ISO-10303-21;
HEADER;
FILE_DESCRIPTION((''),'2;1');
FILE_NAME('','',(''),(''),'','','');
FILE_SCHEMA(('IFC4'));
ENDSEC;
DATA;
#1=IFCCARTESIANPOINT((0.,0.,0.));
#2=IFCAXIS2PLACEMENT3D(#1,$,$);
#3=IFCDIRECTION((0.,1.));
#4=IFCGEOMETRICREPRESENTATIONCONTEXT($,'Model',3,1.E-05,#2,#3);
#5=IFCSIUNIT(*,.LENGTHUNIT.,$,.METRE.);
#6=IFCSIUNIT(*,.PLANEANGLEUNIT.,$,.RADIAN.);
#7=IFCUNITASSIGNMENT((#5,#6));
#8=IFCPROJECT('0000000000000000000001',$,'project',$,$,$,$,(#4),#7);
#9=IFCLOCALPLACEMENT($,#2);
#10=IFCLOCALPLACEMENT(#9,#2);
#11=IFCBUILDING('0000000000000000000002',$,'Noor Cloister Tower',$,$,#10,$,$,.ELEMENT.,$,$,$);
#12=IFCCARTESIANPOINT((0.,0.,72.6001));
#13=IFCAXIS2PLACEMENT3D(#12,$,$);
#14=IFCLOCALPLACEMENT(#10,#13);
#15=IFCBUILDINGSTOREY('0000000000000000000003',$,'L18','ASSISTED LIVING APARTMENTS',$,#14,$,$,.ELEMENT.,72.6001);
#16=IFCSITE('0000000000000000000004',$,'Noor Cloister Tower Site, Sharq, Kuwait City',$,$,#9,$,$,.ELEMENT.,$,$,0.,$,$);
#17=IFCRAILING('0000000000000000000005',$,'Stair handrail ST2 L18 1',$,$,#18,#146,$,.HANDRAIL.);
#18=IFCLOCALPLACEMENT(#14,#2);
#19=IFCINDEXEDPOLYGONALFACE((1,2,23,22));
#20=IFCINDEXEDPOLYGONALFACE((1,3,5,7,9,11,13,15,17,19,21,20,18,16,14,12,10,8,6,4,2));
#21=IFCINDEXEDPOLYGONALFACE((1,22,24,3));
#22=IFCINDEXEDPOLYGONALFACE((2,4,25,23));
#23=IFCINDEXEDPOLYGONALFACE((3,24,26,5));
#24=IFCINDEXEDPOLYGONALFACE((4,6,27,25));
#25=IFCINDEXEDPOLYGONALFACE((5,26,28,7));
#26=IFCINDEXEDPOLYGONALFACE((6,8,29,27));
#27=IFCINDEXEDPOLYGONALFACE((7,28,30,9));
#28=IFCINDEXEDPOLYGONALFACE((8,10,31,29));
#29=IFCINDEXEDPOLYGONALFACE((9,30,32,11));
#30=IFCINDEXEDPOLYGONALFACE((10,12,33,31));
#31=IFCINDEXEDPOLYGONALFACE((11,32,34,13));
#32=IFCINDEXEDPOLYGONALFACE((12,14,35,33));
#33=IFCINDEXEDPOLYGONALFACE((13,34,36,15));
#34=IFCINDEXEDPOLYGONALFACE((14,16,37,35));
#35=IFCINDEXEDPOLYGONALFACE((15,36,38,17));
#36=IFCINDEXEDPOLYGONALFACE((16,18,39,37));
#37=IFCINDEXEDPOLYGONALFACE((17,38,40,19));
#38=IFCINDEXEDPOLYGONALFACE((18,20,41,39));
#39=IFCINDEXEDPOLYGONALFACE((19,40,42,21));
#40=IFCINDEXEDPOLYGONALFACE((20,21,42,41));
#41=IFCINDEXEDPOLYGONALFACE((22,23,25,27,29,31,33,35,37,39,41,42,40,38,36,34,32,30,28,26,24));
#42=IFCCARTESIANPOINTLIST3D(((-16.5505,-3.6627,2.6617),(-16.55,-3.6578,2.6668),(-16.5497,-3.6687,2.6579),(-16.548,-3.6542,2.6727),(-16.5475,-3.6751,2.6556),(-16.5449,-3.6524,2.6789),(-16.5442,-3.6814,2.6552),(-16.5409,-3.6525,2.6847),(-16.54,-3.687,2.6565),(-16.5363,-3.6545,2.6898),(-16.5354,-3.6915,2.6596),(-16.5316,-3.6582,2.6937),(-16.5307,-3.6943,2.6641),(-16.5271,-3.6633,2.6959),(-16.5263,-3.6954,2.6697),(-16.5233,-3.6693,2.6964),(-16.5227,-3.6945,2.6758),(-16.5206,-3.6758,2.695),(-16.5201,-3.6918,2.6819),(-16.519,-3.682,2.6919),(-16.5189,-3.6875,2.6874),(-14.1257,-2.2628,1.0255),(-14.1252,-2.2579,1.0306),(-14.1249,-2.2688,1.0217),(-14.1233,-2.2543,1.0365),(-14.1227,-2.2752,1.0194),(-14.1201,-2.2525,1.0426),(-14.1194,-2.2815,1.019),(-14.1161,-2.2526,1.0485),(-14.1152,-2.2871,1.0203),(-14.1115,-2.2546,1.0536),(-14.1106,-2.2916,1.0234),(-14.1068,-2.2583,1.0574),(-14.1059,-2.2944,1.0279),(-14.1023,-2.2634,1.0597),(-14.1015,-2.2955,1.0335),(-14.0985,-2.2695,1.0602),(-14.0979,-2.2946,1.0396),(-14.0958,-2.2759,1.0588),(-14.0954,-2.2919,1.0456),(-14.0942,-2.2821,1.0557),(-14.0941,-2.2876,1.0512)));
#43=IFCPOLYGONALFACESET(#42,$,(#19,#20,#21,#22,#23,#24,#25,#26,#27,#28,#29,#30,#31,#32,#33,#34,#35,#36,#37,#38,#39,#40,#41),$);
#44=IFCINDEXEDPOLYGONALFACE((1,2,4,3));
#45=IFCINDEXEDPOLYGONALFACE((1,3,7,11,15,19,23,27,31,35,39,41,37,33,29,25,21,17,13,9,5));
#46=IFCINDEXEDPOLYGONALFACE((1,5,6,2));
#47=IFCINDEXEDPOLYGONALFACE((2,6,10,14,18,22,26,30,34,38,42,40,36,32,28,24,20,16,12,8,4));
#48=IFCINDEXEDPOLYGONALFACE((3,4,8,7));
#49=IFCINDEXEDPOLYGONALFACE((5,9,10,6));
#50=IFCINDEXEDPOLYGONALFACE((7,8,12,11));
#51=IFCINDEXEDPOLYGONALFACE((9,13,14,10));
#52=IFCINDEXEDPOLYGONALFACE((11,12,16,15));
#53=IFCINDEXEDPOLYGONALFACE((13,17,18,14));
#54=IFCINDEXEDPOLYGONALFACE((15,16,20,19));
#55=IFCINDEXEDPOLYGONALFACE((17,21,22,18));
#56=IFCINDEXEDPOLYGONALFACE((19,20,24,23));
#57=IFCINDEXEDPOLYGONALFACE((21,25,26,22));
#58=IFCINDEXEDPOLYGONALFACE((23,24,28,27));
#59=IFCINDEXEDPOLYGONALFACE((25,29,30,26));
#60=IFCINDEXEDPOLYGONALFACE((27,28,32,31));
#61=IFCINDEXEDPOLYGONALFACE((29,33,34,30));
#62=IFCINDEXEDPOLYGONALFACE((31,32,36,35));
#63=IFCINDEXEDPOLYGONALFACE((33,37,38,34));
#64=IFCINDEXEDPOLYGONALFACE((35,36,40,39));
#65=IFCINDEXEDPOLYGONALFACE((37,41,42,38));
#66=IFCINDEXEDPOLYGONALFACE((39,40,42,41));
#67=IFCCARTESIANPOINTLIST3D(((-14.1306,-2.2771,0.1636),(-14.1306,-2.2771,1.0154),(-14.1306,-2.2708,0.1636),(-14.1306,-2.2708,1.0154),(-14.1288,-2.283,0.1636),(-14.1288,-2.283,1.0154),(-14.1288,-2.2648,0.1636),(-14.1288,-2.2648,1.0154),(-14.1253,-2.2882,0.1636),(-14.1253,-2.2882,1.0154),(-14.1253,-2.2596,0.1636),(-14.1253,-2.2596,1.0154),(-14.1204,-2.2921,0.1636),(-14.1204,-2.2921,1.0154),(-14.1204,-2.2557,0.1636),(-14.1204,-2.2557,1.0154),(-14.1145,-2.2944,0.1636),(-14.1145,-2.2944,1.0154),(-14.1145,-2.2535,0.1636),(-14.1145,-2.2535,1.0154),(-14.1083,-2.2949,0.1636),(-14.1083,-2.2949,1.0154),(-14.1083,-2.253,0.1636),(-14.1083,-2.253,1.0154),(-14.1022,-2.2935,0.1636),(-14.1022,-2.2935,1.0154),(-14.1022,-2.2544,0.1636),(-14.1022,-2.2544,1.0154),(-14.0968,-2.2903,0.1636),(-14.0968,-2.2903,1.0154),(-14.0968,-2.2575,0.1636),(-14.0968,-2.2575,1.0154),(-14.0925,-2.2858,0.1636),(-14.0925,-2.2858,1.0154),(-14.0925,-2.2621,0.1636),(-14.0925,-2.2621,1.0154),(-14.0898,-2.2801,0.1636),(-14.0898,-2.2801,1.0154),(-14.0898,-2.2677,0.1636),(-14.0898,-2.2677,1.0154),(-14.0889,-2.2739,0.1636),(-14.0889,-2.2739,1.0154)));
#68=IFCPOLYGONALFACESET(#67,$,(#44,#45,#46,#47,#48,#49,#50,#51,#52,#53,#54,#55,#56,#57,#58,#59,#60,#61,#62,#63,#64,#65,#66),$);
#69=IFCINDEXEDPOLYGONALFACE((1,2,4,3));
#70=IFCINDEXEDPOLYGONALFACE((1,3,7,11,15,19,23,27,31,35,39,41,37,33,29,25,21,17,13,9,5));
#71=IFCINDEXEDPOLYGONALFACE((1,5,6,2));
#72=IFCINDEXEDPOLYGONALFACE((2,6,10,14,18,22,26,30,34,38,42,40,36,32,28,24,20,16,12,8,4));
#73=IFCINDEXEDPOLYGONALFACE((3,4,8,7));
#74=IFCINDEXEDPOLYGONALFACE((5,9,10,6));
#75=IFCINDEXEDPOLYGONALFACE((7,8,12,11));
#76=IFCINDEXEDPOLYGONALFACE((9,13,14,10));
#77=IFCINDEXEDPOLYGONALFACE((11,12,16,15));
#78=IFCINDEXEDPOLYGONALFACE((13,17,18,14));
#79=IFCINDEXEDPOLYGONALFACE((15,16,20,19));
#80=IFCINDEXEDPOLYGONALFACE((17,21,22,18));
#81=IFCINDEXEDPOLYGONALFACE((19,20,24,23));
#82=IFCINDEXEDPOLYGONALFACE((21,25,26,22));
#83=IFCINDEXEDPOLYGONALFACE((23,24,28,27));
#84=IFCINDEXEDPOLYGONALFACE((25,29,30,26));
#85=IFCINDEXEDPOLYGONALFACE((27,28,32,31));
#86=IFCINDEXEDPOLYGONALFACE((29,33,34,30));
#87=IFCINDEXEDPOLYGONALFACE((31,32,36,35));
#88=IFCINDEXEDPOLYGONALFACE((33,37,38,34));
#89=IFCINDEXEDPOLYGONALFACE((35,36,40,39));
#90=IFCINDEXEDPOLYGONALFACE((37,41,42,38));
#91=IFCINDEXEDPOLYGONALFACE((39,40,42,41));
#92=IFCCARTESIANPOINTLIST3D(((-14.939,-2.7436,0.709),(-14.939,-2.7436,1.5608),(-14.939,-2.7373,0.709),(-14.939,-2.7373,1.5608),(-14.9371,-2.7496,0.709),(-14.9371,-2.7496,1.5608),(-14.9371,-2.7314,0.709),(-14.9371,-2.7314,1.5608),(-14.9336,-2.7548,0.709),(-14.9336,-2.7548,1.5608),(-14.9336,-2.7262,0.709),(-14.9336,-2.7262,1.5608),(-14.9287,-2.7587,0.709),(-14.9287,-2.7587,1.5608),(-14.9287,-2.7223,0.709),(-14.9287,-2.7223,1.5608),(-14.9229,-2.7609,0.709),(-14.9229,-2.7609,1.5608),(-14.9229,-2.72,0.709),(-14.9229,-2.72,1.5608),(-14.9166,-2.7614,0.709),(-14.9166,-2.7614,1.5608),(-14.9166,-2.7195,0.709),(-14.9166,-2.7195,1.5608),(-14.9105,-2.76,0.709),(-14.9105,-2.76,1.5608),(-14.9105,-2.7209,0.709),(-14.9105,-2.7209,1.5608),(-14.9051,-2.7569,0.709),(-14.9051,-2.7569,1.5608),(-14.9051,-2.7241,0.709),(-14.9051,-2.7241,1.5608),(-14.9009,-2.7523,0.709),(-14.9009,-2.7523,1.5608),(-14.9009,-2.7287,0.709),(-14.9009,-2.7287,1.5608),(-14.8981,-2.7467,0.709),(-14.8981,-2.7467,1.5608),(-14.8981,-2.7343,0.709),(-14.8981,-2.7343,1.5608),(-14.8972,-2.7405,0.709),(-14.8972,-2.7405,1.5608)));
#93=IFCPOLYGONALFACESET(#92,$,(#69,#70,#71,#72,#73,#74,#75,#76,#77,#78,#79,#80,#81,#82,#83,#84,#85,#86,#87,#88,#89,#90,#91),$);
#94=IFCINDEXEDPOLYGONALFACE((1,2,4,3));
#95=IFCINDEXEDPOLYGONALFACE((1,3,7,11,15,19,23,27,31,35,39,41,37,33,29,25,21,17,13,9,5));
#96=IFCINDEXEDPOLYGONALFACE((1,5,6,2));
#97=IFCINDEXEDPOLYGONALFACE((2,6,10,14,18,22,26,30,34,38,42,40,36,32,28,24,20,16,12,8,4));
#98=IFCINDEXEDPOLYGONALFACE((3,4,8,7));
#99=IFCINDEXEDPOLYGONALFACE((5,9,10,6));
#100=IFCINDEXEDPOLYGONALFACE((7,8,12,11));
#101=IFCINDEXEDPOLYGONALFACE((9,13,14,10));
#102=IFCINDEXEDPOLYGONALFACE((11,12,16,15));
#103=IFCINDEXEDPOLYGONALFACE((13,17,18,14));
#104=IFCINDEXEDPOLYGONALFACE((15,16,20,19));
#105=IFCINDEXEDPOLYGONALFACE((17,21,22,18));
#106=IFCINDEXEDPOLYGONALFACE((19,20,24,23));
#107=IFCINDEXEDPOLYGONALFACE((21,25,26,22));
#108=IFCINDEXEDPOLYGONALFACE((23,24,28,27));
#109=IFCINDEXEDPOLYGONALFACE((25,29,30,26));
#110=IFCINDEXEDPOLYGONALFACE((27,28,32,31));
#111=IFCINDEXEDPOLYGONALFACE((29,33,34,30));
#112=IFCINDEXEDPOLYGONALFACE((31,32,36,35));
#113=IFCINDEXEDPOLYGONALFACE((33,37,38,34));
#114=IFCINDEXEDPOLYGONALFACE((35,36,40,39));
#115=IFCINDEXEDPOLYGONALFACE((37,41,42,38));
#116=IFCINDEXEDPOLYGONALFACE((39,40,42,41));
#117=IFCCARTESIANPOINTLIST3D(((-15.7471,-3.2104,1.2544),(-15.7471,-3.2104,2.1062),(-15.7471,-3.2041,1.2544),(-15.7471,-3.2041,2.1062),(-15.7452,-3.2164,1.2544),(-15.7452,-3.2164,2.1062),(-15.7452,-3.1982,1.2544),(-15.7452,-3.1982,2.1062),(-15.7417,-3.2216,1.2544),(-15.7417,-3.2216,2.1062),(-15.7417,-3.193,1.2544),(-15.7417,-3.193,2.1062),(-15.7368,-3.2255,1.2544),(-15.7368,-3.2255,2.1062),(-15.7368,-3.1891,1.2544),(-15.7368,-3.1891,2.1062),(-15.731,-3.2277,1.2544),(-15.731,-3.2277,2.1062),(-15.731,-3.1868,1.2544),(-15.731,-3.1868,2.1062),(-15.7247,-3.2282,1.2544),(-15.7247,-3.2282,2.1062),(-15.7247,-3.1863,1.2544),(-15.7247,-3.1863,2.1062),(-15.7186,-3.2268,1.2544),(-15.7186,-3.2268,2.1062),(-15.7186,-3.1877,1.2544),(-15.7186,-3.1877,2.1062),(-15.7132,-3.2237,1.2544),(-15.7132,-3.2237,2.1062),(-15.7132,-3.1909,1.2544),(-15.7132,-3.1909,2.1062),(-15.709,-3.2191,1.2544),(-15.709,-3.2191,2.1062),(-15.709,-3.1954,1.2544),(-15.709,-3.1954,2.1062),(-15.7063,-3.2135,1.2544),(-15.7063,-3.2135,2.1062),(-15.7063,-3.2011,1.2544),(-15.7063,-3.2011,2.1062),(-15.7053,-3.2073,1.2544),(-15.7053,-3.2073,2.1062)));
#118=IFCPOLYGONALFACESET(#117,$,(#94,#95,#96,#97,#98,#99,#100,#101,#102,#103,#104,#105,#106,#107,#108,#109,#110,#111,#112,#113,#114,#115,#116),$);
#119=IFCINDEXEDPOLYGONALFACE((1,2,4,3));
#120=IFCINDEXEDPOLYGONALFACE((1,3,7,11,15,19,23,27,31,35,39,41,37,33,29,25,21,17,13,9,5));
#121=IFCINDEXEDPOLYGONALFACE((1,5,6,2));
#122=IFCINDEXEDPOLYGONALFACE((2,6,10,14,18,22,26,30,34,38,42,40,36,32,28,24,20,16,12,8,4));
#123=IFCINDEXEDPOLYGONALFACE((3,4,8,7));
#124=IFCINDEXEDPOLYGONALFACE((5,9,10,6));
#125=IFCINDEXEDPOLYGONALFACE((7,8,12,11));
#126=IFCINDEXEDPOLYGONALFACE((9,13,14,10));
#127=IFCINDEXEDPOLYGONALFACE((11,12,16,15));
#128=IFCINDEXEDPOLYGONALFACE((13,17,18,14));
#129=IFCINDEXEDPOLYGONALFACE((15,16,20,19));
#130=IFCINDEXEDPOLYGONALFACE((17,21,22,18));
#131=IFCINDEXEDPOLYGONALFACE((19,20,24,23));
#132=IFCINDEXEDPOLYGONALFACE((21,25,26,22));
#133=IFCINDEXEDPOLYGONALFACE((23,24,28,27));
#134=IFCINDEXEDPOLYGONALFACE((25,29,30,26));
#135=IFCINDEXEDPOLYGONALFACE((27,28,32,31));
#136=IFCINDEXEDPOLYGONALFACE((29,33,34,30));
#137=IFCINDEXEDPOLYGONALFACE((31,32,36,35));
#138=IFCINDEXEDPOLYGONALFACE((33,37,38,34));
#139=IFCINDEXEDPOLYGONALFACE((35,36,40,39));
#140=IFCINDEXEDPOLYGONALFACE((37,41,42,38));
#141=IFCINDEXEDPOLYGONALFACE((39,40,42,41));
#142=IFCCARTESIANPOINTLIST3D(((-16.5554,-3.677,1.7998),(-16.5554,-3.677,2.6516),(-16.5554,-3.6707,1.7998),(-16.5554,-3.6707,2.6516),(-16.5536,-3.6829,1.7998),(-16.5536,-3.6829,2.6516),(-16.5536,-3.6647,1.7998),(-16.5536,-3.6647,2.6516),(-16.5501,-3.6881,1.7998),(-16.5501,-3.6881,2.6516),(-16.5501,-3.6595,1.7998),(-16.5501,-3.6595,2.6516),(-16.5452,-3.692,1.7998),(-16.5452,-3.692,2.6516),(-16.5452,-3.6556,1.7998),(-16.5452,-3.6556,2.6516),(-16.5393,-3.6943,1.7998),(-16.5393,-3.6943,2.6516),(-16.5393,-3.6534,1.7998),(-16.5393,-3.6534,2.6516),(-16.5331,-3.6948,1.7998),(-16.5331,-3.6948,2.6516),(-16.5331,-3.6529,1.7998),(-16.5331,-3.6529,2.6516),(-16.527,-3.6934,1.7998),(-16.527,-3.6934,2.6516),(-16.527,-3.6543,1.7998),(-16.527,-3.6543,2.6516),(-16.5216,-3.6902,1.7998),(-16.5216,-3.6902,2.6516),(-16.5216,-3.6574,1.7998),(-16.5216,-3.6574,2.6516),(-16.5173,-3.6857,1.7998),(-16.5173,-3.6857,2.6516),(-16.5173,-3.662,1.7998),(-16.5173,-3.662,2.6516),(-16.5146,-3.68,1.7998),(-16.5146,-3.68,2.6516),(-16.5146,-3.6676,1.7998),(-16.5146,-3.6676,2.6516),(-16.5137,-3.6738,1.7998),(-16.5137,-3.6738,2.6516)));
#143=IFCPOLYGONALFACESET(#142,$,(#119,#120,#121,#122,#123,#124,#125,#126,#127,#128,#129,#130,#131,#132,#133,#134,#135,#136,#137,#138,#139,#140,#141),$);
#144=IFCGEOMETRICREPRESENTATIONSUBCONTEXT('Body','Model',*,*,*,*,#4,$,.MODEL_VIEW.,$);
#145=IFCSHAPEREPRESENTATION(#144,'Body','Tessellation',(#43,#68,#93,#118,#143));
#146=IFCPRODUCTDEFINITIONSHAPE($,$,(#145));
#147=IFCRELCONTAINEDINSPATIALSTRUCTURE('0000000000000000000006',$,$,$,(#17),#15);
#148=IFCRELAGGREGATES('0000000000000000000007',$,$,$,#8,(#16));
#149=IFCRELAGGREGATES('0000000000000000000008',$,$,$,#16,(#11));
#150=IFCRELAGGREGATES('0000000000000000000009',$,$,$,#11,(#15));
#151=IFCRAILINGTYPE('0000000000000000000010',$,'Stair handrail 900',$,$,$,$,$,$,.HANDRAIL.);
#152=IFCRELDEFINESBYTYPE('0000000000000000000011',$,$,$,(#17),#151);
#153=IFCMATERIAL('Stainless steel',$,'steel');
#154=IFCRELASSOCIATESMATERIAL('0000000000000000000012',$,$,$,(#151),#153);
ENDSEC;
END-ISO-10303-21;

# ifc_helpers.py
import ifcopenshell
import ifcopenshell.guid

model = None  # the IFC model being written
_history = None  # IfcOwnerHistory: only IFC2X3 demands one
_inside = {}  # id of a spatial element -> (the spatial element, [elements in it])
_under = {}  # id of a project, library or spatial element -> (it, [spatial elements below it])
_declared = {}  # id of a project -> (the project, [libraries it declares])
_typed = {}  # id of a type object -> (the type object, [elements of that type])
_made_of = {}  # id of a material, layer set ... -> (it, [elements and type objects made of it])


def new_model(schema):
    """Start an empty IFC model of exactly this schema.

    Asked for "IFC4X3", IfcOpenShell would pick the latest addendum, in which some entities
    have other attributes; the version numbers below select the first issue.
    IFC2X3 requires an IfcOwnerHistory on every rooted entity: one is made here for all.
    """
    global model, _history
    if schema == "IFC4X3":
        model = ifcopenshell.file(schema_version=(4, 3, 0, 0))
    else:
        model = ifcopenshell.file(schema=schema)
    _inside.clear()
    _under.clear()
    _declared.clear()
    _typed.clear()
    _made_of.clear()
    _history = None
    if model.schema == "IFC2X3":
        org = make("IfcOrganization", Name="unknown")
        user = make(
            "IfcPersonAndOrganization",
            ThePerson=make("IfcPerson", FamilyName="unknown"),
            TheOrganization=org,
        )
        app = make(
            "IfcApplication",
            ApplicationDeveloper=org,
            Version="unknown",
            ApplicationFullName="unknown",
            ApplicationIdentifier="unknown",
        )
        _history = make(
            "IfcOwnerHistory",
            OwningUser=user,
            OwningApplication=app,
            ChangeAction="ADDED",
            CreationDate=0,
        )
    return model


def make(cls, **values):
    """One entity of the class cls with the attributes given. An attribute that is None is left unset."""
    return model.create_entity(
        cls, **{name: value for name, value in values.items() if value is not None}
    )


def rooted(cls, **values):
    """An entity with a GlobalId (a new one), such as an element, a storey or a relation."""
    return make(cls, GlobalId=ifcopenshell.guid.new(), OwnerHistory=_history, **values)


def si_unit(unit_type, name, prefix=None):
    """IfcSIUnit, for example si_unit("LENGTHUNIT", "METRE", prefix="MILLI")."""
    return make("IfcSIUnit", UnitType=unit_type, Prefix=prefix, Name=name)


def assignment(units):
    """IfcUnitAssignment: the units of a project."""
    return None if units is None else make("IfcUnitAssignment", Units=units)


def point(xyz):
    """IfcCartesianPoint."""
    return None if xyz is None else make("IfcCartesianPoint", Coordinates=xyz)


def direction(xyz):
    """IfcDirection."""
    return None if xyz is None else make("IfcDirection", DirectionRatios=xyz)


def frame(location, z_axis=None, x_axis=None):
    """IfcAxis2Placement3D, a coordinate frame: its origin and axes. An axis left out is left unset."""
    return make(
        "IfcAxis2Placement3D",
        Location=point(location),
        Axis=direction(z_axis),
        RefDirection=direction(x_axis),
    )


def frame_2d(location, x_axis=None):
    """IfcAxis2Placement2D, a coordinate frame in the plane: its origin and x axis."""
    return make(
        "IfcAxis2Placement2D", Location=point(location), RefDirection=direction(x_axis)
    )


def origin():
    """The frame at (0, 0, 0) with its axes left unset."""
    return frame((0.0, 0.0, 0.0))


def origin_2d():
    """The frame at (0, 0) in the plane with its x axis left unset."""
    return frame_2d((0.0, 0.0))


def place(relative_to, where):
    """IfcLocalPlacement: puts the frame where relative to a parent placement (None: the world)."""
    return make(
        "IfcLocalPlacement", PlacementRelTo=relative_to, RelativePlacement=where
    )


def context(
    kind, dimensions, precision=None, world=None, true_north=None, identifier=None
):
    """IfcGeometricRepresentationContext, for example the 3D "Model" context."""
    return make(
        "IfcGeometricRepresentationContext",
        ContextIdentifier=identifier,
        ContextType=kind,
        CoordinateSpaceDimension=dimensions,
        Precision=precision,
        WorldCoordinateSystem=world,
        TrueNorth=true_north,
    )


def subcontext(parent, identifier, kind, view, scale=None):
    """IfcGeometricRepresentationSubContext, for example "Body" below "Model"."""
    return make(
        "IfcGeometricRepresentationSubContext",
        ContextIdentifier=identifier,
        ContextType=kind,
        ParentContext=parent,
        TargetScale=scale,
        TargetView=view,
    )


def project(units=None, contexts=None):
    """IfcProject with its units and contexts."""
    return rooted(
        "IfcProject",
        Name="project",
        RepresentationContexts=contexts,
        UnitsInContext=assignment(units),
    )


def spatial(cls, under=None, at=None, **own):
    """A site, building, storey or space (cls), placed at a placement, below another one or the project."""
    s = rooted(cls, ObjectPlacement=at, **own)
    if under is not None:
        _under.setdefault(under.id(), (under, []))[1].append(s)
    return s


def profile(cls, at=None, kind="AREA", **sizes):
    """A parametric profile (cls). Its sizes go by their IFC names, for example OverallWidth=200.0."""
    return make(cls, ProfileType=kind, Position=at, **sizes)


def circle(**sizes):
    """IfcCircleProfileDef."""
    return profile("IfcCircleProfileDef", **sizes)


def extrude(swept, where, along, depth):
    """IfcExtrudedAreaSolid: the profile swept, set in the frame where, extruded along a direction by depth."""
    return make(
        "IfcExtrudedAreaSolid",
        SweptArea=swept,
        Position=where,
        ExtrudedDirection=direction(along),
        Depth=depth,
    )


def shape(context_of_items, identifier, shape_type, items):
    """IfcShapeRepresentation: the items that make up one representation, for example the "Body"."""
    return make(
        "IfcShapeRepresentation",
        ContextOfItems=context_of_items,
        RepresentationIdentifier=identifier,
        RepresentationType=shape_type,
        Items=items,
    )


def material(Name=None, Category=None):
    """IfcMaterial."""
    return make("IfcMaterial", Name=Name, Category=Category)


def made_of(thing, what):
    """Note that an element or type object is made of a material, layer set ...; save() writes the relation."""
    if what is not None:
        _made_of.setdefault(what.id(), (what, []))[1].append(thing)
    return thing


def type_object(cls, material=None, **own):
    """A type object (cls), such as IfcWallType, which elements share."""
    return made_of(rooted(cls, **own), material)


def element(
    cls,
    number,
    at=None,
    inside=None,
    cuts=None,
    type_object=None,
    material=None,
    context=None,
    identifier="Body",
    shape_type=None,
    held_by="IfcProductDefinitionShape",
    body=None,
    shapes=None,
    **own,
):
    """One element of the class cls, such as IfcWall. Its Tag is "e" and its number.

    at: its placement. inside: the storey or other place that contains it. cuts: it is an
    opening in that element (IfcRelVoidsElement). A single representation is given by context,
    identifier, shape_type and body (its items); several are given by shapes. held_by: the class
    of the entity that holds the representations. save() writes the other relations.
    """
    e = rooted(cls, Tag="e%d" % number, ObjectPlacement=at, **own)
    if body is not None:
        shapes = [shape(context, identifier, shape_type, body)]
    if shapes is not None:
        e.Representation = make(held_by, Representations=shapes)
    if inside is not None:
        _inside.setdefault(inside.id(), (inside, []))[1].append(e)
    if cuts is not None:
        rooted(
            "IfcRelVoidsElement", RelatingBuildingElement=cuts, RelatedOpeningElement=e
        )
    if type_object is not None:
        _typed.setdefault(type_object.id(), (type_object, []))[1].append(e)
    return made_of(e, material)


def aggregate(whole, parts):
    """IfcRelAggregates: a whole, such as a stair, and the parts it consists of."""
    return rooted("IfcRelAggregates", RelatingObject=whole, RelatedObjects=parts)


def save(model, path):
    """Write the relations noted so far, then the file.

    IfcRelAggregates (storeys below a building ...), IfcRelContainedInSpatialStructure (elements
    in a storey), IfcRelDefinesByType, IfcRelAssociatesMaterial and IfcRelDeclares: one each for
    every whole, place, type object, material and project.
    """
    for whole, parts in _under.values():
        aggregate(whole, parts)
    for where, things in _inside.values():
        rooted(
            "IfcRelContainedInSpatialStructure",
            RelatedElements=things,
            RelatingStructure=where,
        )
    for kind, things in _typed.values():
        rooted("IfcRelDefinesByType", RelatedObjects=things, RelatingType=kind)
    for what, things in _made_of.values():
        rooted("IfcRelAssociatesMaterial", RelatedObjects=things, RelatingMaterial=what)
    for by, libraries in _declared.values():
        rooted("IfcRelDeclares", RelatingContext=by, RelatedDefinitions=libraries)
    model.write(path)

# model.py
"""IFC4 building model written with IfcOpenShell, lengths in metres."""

from ifc_helpers import new_model, si_unit, direction, frame, origin, origin_2d, place, context, subcontext, project, spatial, circle, extrude, material, type_object, element, save


model = new_model("IFC4")

# Units and contexts
model_context = context("Model", 3, precision=1e-05, world=origin(), true_north=direction((0.0, 1.0)))
body_context = subcontext(model_context, "Body", "Model", "MODEL_VIEW")
ifc_project = project(units=[si_unit("LENGTHUNIT", "METRE"), si_unit("PLANEANGLEUNIT", "RADIAN")], contexts=[model_context])

# Site, building, storey
site_placement = place(None, origin())
site = spatial("IfcSite", under=ifc_project, at=site_placement, Name="Noor Cloister Tower Site, Sharq, Kuwait City", CompositionType="ELEMENT", RefElevation=0.0)
building_placement = place(site_placement, origin())
building = spatial("IfcBuilding", under=site, at=building_placement, Name="Noor Cloister Tower", CompositionType="ELEMENT")
storey_placement = place(building_placement, frame((0.0, 0.0, 72.6001)))
storey = spatial("IfcBuildingStorey", under=building, at=storey_placement, Name="L18", Description="ASSISTED LIVING APARTMENTS", CompositionType="ELEMENT", Elevation=72.6001)

# Railing
ifc_material_1 = material(Name="Stainless steel", Category="steel")
railing_type_1 = type_object("IfcRailingType", Name="Stair handrail 900", PredefinedType="HANDRAIL", material=ifc_material_1)
railing_1_placement = place(storey_placement, frame((-14.1099, -2.2739, 0.1636)))
element("IfcRailing", 1, at=railing_1_placement, inside=storey, type_object=railing_type_1, Name="Stair handrail ST2 L18 1", PredefinedType="HANDRAIL", context=body_context, shape_type="SweptSolid", body=[
    extrude(circle(Radius=0.0239, at=origin_2d()), frame((0.0, 0.0, 0.876), z_axis=(-0.747718, -0.431677, 0.504552), x_axis=(0.499984, -0.866035, 0.0)), (0.0, 0.0, 1.0), 3.2429),
    extrude(circle(Radius=0.021, at=origin_2d()), origin(), (0.0, 0.0, 1.0), 0.8518),
    extrude(circle(Radius=0.021, at=origin_2d()), frame((-0.8083, -0.4666, 0.5454)), (0.0, 0.0, 1.0), 0.8518),
    extrude(circle(Radius=0.021, at=origin_2d()), frame((-1.6165, -0.9333, 1.0908)), (0.0, 0.0, 1.0), 0.8518),
    extrude(circle(Radius=0.021, at=origin_2d()), frame((-2.4248, -1.3999, 1.6362)), (0.0, 0.0, 1.0), 0.8518),
])

save(model, "model.ifc")
